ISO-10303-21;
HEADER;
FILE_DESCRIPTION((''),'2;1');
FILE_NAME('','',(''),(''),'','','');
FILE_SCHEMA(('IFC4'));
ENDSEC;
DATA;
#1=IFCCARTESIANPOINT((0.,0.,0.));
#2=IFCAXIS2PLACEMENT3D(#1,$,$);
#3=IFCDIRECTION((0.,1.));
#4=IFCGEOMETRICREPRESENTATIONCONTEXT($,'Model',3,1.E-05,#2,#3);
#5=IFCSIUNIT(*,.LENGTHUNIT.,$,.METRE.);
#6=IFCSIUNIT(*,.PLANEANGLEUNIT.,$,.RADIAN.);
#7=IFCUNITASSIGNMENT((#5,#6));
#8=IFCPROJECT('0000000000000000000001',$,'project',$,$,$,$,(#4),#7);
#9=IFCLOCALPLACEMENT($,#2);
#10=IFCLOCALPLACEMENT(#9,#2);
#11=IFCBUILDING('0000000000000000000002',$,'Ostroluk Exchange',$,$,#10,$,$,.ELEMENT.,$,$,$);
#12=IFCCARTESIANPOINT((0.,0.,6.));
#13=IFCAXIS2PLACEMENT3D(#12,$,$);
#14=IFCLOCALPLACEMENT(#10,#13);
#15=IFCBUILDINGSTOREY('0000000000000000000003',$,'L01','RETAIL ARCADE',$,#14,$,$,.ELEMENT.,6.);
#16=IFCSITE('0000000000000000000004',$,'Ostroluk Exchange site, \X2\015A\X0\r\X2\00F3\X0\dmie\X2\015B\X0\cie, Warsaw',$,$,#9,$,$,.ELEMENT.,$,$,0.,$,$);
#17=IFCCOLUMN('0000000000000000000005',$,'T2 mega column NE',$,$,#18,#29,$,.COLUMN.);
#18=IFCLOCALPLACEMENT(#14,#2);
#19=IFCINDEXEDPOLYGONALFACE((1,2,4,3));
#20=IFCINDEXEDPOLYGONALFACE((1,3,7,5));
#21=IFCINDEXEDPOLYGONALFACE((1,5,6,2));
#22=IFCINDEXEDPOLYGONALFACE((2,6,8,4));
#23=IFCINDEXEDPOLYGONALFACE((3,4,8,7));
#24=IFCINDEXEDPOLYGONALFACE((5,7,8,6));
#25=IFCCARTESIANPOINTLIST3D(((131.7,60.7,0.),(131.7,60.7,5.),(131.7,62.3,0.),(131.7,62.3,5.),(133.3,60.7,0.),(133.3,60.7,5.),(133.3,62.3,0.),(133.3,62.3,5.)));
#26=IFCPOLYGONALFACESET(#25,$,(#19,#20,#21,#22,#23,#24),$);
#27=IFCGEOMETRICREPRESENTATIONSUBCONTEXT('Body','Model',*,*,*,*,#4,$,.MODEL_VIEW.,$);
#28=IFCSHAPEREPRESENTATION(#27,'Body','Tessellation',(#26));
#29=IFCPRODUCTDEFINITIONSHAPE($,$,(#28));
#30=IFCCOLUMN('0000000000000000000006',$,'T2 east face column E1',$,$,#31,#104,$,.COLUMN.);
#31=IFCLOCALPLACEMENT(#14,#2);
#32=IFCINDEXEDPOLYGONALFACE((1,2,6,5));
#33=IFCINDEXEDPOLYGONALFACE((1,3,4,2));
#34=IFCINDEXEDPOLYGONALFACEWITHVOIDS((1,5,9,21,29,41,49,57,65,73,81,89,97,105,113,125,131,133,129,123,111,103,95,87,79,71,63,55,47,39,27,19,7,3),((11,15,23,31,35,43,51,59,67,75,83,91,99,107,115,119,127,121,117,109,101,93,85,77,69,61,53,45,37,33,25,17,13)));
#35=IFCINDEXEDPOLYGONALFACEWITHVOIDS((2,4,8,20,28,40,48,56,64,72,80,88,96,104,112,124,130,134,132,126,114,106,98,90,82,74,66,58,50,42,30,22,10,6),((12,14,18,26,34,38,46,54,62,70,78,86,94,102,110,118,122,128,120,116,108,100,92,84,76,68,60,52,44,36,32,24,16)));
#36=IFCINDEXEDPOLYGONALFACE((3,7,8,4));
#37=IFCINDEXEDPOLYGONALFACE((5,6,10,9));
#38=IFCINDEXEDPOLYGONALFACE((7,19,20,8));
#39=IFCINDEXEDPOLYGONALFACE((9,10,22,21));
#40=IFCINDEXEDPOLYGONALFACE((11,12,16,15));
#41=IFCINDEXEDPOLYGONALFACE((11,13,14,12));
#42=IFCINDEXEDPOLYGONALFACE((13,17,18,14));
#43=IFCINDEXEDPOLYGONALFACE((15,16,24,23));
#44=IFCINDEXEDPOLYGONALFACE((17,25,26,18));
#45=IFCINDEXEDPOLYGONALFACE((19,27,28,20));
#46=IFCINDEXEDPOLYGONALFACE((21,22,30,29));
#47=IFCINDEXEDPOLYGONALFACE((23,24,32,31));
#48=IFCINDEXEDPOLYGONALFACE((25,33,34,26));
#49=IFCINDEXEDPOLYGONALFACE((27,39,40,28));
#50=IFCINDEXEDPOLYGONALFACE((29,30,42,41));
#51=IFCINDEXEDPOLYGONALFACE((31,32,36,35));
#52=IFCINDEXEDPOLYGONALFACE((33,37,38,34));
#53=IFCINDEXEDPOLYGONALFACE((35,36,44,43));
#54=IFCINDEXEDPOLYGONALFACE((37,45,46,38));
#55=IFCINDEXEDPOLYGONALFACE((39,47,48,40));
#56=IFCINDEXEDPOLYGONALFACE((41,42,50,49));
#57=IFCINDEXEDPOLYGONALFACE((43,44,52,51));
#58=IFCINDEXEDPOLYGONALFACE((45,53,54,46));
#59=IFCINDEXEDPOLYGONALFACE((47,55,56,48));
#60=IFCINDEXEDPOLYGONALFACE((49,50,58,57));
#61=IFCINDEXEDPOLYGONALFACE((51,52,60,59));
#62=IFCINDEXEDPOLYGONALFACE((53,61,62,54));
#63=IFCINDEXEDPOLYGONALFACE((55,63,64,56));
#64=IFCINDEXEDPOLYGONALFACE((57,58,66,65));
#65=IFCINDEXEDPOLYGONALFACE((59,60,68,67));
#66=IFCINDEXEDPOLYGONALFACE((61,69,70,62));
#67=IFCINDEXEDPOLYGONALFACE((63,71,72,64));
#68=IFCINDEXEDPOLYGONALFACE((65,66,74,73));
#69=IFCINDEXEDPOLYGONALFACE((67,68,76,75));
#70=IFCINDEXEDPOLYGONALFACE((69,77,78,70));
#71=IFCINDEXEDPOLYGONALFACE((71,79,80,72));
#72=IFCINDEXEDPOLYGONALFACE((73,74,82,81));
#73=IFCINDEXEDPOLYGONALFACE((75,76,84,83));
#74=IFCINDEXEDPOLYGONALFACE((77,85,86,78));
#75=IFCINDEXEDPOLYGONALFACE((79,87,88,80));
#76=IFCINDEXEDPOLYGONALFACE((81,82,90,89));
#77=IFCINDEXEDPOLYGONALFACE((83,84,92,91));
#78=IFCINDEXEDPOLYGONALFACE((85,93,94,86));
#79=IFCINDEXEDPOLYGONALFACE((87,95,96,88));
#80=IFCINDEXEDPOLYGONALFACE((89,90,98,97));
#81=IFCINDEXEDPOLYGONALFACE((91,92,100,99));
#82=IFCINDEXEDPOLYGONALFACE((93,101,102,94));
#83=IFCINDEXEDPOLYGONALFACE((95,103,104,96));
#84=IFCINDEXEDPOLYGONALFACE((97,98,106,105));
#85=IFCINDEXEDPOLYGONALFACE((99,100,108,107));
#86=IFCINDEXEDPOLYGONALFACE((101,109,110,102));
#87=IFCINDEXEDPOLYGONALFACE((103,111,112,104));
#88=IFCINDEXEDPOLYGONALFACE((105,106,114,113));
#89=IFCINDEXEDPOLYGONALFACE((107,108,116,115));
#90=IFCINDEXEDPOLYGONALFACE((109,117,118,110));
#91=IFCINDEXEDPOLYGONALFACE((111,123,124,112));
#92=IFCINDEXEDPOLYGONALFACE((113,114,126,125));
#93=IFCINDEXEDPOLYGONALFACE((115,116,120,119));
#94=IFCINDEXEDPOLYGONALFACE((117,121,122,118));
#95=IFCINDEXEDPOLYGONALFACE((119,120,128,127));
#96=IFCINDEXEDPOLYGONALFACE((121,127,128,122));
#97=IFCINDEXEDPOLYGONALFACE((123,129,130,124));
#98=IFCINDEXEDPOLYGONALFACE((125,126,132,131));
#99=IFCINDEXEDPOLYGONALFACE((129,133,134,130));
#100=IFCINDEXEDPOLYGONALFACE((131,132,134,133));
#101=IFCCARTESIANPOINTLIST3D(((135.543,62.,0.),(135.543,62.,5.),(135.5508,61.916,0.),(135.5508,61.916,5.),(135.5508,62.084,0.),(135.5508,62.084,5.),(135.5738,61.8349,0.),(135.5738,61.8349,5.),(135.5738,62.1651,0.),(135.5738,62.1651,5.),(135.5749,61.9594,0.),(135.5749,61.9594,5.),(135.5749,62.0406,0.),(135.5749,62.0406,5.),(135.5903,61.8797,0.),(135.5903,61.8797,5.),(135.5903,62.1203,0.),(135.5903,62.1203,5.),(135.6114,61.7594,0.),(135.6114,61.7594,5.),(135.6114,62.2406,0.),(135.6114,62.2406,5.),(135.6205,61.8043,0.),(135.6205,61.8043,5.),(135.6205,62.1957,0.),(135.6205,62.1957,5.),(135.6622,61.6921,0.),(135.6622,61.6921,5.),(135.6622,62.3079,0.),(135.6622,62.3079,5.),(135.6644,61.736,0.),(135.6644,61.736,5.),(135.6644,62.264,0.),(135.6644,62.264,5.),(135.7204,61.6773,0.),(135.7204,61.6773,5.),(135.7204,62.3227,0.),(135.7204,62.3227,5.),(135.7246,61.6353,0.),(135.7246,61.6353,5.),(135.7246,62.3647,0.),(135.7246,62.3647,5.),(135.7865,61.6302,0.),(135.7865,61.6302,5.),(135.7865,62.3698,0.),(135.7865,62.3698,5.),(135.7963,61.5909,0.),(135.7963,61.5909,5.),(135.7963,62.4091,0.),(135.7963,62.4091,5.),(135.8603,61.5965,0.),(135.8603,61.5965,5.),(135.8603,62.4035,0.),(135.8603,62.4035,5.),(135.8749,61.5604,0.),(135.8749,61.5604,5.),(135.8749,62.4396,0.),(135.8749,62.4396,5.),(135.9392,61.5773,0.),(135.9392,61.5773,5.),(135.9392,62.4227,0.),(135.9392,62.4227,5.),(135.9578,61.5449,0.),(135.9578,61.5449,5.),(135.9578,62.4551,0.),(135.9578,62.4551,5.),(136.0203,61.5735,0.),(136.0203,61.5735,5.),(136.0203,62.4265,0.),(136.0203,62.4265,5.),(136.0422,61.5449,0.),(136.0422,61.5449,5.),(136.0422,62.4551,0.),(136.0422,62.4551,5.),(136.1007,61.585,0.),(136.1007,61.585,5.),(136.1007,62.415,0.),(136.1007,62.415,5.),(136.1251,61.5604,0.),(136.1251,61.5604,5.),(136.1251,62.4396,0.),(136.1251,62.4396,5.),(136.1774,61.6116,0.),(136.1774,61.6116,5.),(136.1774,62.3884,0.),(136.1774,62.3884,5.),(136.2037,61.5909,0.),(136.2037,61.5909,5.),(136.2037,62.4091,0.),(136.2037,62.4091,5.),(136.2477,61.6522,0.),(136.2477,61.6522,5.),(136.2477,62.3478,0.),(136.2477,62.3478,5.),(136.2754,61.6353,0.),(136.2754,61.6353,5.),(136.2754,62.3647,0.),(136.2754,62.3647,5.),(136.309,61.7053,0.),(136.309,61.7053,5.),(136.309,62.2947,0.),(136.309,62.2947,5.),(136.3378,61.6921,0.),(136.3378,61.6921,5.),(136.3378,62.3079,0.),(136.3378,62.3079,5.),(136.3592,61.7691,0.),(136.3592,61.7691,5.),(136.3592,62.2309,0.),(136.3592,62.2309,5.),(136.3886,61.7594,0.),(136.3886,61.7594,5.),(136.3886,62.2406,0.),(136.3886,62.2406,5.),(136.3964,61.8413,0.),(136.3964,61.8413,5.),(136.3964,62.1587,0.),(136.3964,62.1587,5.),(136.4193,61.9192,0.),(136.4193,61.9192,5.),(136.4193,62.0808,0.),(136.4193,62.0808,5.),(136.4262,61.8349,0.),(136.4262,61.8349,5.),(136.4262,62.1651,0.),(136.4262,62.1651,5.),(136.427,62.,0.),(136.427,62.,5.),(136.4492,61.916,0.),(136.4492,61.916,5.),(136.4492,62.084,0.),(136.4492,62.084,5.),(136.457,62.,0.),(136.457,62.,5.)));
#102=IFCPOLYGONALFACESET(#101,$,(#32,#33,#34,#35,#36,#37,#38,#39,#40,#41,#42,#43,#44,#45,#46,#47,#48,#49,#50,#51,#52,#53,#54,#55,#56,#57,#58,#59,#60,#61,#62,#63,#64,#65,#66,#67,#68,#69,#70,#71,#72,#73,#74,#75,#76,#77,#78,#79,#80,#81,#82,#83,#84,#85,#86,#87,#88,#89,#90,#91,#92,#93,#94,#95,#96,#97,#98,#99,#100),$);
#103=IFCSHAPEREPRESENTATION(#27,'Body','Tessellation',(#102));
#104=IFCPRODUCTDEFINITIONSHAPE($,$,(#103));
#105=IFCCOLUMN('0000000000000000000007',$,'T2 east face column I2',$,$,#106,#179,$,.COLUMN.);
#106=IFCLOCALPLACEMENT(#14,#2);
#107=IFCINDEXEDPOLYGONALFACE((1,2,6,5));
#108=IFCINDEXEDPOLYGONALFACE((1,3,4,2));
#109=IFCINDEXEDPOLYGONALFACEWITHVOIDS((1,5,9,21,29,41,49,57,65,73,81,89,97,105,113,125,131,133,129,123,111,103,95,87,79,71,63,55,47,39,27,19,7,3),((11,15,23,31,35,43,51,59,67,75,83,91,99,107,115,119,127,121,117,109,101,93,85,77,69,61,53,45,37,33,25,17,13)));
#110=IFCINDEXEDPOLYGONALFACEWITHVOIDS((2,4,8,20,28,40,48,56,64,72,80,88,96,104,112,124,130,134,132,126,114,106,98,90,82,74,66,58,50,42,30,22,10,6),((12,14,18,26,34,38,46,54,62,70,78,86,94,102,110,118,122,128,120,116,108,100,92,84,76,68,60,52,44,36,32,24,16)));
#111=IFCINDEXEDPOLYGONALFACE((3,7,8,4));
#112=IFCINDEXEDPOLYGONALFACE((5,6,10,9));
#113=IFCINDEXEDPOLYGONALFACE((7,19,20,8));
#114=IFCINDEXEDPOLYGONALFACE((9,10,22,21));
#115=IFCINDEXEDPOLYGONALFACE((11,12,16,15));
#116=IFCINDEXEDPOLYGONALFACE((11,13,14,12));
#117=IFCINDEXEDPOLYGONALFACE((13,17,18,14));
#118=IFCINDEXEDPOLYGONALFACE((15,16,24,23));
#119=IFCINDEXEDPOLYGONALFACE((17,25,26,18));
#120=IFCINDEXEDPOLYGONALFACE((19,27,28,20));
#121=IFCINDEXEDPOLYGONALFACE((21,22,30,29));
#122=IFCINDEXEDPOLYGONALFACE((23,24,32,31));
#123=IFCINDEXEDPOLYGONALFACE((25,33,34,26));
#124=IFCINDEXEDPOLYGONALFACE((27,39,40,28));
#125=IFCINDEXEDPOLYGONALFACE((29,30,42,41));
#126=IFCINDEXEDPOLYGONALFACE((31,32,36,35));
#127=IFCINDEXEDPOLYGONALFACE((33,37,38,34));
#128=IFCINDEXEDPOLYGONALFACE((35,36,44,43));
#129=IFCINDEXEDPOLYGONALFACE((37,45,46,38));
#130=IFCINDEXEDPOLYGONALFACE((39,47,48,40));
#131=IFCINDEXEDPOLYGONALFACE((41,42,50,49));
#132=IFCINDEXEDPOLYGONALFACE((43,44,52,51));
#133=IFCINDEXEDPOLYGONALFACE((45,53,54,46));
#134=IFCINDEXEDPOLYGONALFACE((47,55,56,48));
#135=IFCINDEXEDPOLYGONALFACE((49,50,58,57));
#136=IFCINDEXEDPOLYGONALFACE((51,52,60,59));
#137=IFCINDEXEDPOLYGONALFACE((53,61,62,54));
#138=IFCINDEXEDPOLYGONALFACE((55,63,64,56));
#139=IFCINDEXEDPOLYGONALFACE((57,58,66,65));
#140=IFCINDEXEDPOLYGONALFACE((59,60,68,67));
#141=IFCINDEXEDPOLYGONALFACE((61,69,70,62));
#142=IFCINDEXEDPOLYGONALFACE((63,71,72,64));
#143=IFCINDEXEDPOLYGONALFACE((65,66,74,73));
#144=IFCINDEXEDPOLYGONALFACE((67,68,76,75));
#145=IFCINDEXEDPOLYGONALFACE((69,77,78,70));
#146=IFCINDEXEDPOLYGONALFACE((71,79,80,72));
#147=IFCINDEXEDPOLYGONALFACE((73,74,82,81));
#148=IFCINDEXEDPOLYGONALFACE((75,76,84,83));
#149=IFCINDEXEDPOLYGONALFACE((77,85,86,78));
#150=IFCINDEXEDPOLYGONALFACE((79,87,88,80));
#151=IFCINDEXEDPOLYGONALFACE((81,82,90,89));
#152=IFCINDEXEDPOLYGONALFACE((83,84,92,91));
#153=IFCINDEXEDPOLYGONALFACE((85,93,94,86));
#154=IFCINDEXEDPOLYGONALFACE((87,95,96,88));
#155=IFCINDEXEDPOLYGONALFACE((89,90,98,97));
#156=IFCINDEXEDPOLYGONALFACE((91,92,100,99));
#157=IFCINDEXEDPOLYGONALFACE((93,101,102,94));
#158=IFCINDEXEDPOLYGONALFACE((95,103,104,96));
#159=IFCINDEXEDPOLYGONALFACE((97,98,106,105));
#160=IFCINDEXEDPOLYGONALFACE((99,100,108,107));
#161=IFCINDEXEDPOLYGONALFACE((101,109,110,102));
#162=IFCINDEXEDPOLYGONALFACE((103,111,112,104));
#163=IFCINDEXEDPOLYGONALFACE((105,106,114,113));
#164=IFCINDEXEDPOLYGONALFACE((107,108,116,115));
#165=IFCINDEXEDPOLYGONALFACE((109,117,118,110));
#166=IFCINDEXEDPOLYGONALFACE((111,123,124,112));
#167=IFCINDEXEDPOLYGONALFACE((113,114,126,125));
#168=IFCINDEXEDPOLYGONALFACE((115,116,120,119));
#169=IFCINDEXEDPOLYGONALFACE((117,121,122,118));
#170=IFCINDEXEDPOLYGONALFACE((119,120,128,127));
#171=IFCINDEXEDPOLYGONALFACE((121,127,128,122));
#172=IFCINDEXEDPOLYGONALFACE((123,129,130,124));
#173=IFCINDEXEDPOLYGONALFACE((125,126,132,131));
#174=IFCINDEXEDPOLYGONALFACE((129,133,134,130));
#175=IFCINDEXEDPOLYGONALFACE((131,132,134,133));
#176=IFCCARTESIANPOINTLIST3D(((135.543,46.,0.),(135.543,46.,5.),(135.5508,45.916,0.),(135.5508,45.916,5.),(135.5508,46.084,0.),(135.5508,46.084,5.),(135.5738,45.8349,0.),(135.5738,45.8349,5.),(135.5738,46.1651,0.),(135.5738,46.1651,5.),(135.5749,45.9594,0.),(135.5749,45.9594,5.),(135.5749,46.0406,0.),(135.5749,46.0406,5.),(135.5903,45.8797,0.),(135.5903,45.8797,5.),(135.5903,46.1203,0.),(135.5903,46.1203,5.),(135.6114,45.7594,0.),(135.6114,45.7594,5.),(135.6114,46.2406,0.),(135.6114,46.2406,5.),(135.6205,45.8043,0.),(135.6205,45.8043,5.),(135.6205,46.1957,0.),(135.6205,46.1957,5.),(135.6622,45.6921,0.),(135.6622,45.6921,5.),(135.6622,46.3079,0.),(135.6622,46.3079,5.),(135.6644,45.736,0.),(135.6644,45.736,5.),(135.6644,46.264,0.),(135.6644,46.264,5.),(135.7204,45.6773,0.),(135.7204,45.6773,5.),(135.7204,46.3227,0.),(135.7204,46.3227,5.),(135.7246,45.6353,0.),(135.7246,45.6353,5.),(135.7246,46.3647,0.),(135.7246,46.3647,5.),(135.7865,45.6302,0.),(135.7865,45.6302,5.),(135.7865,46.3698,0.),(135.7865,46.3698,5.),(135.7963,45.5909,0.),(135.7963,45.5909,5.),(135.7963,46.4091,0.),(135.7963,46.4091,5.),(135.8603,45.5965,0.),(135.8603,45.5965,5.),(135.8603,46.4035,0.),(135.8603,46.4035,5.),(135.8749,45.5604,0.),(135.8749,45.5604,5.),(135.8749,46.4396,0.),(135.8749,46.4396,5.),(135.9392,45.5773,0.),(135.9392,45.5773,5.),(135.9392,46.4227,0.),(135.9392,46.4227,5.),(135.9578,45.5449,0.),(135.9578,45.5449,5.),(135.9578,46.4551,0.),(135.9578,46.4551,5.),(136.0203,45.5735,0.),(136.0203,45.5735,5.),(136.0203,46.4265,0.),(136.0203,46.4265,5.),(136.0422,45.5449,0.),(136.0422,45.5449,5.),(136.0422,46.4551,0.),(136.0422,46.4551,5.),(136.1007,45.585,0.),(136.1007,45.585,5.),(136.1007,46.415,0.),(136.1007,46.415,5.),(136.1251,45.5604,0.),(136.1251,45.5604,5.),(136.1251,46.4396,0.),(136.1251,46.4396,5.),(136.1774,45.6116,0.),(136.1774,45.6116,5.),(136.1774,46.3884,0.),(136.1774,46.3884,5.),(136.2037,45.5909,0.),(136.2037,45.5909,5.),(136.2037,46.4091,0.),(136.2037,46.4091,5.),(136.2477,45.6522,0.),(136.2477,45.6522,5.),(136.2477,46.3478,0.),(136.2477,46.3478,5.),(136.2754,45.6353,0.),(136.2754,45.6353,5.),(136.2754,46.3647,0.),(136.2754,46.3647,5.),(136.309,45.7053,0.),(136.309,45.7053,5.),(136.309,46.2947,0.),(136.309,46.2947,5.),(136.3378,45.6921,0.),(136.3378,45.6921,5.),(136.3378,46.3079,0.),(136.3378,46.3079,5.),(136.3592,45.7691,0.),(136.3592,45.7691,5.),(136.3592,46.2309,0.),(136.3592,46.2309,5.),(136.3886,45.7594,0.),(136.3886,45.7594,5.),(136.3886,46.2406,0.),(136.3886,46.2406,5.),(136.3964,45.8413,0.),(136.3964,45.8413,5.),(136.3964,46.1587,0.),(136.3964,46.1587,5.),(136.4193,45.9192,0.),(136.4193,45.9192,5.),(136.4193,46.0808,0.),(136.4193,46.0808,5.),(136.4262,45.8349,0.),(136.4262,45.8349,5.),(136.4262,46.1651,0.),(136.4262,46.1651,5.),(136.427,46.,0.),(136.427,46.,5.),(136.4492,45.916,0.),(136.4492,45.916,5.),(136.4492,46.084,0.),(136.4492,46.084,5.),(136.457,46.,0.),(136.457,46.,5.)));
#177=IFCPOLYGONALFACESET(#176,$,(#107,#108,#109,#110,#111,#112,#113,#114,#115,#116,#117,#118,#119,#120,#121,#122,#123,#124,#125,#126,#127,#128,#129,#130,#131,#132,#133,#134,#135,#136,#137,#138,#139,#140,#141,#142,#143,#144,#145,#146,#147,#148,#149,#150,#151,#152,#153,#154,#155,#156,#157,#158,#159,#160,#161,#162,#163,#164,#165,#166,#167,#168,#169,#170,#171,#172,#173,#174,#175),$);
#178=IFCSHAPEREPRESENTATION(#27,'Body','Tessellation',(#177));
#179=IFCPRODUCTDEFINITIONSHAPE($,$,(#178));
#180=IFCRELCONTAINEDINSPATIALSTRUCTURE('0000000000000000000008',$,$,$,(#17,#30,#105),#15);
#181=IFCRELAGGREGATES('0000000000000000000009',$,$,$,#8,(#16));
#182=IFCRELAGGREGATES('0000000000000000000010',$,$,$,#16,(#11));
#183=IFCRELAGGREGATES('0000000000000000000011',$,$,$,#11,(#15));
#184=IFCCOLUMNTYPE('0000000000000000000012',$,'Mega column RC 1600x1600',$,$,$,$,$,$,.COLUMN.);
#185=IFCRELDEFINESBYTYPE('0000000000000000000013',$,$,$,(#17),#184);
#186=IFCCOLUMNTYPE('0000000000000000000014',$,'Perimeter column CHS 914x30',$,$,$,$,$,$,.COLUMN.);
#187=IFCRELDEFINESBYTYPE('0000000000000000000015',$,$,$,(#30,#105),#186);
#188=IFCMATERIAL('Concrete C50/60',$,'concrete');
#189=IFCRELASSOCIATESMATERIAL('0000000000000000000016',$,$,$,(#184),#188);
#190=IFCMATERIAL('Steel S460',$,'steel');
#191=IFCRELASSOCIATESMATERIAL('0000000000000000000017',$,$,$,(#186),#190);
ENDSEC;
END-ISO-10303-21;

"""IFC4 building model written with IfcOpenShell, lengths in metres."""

from ifc_helpers import new_model, si_unit, direction, frame, origin, origin_2d, place, context, subcontext, project, spatial, rectangle, hollow_circle, extrude, material, material_profile, profile_set, type_object, element, save


model = new_model("IFC4")

# Units and contexts
model_context = context("Model", 3, precision=1e-05, world=origin(), true_north=direction((0.0, 1.0)))
body_context = subcontext(model_context, "Body", "Model", "MODEL_VIEW")
ifc_project = project(units=[si_unit("LENGTHUNIT", "METRE"), si_unit("PLANEANGLEUNIT", "RADIAN")], contexts=[model_context])

# Site, building, storey
site_placement = place(None, origin())
site = spatial("IfcSite", under=ifc_project, at=site_placement, Name="Ostroluk Exchange site, Śródmieście, Warsaw", CompositionType="ELEMENT", RefElevation=0.0)
building_placement = place(site_placement, origin())
building = spatial("IfcBuilding", under=site, at=building_placement, Name="Ostroluk Exchange", CompositionType="ELEMENT")
storey_placement = place(building_placement, frame((0.0, 0.0, 6.0)))
storey = spatial("IfcBuildingStorey", under=building, at=storey_placement, Name="L01", Description="RETAIL ARCADE", CompositionType="ELEMENT", Elevation=6.0)

# Columns
ifc_material_1 = material(Name="Concrete C50/60", Category="concrete")
ifc_material_profile_1 = material_profile(ifc_material_1, rectangle(XDim=1.6001, YDim=1.6001, at=origin_2d()), Name="RC 1600x1600")
ifc_profile_set_1 = profile_set([ifc_material_profile_1], Name="Concrete C50/60")
column_type_1 = type_object("IfcColumnType", Name="Mega column RC 1600x1600", PredefinedType="COLUMN", material=ifc_profile_set_1)
column_placement = place(storey_placement, frame((132.5, 61.5, 0.0), z_axis=(0.0, 0.0, 1.0), x_axis=(1.0, 0.0, 0.0)))
element("IfcColumn", 1, at=column_placement, inside=storey, type_object=column_type_1, Name="T2 mega column NE", PredefinedType="COLUMN", context=body_context, shape_type="SweptSolid", body=[
    extrude(rectangle(XDim=1.6001, YDim=1.6001, at=origin_2d()), origin(), (0.0, 0.0, 1.0), 5.0),
])
ifc_material_2 = material(Name="Steel S460", Category="steel")
ifc_material_profile_2 = material_profile(ifc_material_2, hollow_circle(Radius=0.457, WallThickness=0.03, at=origin_2d()), Name="CHS 914x30")
ifc_profile_set_2 = profile_set([ifc_material_profile_2], Name="Steel S460")
column_type_2 = type_object("IfcColumnType", Name="Perimeter column CHS 914x30", PredefinedType="COLUMN", material=ifc_profile_set_2)
for number, where, z_axis, x_axis, name in (
    (2, (136.0, 62.0, 0.0), (0.0, 0.0, 1.0), (1.0, 0.0, 0.0), "T2 east face column E1"),
    (3, (136.0, 46.0, 0.0), (0.0, 0.0, 1.0), (1.0, 0.0, 0.0), "T2 east face column I2"),
):
    element("IfcColumn", number, at=place(storey_placement, frame(where, z_axis=z_axis, x_axis=x_axis)), inside=storey, type_object=column_type_2, Name=name, PredefinedType="COLUMN", context=body_context, shape_type="SweptSolid", body=[
        extrude(hollow_circle(Radius=0.457, WallThickness=0.03, at=origin_2d()), origin(), (0.0, 0.0, 1.0), 5.0),
    ])

save(model, "model.ifc")
